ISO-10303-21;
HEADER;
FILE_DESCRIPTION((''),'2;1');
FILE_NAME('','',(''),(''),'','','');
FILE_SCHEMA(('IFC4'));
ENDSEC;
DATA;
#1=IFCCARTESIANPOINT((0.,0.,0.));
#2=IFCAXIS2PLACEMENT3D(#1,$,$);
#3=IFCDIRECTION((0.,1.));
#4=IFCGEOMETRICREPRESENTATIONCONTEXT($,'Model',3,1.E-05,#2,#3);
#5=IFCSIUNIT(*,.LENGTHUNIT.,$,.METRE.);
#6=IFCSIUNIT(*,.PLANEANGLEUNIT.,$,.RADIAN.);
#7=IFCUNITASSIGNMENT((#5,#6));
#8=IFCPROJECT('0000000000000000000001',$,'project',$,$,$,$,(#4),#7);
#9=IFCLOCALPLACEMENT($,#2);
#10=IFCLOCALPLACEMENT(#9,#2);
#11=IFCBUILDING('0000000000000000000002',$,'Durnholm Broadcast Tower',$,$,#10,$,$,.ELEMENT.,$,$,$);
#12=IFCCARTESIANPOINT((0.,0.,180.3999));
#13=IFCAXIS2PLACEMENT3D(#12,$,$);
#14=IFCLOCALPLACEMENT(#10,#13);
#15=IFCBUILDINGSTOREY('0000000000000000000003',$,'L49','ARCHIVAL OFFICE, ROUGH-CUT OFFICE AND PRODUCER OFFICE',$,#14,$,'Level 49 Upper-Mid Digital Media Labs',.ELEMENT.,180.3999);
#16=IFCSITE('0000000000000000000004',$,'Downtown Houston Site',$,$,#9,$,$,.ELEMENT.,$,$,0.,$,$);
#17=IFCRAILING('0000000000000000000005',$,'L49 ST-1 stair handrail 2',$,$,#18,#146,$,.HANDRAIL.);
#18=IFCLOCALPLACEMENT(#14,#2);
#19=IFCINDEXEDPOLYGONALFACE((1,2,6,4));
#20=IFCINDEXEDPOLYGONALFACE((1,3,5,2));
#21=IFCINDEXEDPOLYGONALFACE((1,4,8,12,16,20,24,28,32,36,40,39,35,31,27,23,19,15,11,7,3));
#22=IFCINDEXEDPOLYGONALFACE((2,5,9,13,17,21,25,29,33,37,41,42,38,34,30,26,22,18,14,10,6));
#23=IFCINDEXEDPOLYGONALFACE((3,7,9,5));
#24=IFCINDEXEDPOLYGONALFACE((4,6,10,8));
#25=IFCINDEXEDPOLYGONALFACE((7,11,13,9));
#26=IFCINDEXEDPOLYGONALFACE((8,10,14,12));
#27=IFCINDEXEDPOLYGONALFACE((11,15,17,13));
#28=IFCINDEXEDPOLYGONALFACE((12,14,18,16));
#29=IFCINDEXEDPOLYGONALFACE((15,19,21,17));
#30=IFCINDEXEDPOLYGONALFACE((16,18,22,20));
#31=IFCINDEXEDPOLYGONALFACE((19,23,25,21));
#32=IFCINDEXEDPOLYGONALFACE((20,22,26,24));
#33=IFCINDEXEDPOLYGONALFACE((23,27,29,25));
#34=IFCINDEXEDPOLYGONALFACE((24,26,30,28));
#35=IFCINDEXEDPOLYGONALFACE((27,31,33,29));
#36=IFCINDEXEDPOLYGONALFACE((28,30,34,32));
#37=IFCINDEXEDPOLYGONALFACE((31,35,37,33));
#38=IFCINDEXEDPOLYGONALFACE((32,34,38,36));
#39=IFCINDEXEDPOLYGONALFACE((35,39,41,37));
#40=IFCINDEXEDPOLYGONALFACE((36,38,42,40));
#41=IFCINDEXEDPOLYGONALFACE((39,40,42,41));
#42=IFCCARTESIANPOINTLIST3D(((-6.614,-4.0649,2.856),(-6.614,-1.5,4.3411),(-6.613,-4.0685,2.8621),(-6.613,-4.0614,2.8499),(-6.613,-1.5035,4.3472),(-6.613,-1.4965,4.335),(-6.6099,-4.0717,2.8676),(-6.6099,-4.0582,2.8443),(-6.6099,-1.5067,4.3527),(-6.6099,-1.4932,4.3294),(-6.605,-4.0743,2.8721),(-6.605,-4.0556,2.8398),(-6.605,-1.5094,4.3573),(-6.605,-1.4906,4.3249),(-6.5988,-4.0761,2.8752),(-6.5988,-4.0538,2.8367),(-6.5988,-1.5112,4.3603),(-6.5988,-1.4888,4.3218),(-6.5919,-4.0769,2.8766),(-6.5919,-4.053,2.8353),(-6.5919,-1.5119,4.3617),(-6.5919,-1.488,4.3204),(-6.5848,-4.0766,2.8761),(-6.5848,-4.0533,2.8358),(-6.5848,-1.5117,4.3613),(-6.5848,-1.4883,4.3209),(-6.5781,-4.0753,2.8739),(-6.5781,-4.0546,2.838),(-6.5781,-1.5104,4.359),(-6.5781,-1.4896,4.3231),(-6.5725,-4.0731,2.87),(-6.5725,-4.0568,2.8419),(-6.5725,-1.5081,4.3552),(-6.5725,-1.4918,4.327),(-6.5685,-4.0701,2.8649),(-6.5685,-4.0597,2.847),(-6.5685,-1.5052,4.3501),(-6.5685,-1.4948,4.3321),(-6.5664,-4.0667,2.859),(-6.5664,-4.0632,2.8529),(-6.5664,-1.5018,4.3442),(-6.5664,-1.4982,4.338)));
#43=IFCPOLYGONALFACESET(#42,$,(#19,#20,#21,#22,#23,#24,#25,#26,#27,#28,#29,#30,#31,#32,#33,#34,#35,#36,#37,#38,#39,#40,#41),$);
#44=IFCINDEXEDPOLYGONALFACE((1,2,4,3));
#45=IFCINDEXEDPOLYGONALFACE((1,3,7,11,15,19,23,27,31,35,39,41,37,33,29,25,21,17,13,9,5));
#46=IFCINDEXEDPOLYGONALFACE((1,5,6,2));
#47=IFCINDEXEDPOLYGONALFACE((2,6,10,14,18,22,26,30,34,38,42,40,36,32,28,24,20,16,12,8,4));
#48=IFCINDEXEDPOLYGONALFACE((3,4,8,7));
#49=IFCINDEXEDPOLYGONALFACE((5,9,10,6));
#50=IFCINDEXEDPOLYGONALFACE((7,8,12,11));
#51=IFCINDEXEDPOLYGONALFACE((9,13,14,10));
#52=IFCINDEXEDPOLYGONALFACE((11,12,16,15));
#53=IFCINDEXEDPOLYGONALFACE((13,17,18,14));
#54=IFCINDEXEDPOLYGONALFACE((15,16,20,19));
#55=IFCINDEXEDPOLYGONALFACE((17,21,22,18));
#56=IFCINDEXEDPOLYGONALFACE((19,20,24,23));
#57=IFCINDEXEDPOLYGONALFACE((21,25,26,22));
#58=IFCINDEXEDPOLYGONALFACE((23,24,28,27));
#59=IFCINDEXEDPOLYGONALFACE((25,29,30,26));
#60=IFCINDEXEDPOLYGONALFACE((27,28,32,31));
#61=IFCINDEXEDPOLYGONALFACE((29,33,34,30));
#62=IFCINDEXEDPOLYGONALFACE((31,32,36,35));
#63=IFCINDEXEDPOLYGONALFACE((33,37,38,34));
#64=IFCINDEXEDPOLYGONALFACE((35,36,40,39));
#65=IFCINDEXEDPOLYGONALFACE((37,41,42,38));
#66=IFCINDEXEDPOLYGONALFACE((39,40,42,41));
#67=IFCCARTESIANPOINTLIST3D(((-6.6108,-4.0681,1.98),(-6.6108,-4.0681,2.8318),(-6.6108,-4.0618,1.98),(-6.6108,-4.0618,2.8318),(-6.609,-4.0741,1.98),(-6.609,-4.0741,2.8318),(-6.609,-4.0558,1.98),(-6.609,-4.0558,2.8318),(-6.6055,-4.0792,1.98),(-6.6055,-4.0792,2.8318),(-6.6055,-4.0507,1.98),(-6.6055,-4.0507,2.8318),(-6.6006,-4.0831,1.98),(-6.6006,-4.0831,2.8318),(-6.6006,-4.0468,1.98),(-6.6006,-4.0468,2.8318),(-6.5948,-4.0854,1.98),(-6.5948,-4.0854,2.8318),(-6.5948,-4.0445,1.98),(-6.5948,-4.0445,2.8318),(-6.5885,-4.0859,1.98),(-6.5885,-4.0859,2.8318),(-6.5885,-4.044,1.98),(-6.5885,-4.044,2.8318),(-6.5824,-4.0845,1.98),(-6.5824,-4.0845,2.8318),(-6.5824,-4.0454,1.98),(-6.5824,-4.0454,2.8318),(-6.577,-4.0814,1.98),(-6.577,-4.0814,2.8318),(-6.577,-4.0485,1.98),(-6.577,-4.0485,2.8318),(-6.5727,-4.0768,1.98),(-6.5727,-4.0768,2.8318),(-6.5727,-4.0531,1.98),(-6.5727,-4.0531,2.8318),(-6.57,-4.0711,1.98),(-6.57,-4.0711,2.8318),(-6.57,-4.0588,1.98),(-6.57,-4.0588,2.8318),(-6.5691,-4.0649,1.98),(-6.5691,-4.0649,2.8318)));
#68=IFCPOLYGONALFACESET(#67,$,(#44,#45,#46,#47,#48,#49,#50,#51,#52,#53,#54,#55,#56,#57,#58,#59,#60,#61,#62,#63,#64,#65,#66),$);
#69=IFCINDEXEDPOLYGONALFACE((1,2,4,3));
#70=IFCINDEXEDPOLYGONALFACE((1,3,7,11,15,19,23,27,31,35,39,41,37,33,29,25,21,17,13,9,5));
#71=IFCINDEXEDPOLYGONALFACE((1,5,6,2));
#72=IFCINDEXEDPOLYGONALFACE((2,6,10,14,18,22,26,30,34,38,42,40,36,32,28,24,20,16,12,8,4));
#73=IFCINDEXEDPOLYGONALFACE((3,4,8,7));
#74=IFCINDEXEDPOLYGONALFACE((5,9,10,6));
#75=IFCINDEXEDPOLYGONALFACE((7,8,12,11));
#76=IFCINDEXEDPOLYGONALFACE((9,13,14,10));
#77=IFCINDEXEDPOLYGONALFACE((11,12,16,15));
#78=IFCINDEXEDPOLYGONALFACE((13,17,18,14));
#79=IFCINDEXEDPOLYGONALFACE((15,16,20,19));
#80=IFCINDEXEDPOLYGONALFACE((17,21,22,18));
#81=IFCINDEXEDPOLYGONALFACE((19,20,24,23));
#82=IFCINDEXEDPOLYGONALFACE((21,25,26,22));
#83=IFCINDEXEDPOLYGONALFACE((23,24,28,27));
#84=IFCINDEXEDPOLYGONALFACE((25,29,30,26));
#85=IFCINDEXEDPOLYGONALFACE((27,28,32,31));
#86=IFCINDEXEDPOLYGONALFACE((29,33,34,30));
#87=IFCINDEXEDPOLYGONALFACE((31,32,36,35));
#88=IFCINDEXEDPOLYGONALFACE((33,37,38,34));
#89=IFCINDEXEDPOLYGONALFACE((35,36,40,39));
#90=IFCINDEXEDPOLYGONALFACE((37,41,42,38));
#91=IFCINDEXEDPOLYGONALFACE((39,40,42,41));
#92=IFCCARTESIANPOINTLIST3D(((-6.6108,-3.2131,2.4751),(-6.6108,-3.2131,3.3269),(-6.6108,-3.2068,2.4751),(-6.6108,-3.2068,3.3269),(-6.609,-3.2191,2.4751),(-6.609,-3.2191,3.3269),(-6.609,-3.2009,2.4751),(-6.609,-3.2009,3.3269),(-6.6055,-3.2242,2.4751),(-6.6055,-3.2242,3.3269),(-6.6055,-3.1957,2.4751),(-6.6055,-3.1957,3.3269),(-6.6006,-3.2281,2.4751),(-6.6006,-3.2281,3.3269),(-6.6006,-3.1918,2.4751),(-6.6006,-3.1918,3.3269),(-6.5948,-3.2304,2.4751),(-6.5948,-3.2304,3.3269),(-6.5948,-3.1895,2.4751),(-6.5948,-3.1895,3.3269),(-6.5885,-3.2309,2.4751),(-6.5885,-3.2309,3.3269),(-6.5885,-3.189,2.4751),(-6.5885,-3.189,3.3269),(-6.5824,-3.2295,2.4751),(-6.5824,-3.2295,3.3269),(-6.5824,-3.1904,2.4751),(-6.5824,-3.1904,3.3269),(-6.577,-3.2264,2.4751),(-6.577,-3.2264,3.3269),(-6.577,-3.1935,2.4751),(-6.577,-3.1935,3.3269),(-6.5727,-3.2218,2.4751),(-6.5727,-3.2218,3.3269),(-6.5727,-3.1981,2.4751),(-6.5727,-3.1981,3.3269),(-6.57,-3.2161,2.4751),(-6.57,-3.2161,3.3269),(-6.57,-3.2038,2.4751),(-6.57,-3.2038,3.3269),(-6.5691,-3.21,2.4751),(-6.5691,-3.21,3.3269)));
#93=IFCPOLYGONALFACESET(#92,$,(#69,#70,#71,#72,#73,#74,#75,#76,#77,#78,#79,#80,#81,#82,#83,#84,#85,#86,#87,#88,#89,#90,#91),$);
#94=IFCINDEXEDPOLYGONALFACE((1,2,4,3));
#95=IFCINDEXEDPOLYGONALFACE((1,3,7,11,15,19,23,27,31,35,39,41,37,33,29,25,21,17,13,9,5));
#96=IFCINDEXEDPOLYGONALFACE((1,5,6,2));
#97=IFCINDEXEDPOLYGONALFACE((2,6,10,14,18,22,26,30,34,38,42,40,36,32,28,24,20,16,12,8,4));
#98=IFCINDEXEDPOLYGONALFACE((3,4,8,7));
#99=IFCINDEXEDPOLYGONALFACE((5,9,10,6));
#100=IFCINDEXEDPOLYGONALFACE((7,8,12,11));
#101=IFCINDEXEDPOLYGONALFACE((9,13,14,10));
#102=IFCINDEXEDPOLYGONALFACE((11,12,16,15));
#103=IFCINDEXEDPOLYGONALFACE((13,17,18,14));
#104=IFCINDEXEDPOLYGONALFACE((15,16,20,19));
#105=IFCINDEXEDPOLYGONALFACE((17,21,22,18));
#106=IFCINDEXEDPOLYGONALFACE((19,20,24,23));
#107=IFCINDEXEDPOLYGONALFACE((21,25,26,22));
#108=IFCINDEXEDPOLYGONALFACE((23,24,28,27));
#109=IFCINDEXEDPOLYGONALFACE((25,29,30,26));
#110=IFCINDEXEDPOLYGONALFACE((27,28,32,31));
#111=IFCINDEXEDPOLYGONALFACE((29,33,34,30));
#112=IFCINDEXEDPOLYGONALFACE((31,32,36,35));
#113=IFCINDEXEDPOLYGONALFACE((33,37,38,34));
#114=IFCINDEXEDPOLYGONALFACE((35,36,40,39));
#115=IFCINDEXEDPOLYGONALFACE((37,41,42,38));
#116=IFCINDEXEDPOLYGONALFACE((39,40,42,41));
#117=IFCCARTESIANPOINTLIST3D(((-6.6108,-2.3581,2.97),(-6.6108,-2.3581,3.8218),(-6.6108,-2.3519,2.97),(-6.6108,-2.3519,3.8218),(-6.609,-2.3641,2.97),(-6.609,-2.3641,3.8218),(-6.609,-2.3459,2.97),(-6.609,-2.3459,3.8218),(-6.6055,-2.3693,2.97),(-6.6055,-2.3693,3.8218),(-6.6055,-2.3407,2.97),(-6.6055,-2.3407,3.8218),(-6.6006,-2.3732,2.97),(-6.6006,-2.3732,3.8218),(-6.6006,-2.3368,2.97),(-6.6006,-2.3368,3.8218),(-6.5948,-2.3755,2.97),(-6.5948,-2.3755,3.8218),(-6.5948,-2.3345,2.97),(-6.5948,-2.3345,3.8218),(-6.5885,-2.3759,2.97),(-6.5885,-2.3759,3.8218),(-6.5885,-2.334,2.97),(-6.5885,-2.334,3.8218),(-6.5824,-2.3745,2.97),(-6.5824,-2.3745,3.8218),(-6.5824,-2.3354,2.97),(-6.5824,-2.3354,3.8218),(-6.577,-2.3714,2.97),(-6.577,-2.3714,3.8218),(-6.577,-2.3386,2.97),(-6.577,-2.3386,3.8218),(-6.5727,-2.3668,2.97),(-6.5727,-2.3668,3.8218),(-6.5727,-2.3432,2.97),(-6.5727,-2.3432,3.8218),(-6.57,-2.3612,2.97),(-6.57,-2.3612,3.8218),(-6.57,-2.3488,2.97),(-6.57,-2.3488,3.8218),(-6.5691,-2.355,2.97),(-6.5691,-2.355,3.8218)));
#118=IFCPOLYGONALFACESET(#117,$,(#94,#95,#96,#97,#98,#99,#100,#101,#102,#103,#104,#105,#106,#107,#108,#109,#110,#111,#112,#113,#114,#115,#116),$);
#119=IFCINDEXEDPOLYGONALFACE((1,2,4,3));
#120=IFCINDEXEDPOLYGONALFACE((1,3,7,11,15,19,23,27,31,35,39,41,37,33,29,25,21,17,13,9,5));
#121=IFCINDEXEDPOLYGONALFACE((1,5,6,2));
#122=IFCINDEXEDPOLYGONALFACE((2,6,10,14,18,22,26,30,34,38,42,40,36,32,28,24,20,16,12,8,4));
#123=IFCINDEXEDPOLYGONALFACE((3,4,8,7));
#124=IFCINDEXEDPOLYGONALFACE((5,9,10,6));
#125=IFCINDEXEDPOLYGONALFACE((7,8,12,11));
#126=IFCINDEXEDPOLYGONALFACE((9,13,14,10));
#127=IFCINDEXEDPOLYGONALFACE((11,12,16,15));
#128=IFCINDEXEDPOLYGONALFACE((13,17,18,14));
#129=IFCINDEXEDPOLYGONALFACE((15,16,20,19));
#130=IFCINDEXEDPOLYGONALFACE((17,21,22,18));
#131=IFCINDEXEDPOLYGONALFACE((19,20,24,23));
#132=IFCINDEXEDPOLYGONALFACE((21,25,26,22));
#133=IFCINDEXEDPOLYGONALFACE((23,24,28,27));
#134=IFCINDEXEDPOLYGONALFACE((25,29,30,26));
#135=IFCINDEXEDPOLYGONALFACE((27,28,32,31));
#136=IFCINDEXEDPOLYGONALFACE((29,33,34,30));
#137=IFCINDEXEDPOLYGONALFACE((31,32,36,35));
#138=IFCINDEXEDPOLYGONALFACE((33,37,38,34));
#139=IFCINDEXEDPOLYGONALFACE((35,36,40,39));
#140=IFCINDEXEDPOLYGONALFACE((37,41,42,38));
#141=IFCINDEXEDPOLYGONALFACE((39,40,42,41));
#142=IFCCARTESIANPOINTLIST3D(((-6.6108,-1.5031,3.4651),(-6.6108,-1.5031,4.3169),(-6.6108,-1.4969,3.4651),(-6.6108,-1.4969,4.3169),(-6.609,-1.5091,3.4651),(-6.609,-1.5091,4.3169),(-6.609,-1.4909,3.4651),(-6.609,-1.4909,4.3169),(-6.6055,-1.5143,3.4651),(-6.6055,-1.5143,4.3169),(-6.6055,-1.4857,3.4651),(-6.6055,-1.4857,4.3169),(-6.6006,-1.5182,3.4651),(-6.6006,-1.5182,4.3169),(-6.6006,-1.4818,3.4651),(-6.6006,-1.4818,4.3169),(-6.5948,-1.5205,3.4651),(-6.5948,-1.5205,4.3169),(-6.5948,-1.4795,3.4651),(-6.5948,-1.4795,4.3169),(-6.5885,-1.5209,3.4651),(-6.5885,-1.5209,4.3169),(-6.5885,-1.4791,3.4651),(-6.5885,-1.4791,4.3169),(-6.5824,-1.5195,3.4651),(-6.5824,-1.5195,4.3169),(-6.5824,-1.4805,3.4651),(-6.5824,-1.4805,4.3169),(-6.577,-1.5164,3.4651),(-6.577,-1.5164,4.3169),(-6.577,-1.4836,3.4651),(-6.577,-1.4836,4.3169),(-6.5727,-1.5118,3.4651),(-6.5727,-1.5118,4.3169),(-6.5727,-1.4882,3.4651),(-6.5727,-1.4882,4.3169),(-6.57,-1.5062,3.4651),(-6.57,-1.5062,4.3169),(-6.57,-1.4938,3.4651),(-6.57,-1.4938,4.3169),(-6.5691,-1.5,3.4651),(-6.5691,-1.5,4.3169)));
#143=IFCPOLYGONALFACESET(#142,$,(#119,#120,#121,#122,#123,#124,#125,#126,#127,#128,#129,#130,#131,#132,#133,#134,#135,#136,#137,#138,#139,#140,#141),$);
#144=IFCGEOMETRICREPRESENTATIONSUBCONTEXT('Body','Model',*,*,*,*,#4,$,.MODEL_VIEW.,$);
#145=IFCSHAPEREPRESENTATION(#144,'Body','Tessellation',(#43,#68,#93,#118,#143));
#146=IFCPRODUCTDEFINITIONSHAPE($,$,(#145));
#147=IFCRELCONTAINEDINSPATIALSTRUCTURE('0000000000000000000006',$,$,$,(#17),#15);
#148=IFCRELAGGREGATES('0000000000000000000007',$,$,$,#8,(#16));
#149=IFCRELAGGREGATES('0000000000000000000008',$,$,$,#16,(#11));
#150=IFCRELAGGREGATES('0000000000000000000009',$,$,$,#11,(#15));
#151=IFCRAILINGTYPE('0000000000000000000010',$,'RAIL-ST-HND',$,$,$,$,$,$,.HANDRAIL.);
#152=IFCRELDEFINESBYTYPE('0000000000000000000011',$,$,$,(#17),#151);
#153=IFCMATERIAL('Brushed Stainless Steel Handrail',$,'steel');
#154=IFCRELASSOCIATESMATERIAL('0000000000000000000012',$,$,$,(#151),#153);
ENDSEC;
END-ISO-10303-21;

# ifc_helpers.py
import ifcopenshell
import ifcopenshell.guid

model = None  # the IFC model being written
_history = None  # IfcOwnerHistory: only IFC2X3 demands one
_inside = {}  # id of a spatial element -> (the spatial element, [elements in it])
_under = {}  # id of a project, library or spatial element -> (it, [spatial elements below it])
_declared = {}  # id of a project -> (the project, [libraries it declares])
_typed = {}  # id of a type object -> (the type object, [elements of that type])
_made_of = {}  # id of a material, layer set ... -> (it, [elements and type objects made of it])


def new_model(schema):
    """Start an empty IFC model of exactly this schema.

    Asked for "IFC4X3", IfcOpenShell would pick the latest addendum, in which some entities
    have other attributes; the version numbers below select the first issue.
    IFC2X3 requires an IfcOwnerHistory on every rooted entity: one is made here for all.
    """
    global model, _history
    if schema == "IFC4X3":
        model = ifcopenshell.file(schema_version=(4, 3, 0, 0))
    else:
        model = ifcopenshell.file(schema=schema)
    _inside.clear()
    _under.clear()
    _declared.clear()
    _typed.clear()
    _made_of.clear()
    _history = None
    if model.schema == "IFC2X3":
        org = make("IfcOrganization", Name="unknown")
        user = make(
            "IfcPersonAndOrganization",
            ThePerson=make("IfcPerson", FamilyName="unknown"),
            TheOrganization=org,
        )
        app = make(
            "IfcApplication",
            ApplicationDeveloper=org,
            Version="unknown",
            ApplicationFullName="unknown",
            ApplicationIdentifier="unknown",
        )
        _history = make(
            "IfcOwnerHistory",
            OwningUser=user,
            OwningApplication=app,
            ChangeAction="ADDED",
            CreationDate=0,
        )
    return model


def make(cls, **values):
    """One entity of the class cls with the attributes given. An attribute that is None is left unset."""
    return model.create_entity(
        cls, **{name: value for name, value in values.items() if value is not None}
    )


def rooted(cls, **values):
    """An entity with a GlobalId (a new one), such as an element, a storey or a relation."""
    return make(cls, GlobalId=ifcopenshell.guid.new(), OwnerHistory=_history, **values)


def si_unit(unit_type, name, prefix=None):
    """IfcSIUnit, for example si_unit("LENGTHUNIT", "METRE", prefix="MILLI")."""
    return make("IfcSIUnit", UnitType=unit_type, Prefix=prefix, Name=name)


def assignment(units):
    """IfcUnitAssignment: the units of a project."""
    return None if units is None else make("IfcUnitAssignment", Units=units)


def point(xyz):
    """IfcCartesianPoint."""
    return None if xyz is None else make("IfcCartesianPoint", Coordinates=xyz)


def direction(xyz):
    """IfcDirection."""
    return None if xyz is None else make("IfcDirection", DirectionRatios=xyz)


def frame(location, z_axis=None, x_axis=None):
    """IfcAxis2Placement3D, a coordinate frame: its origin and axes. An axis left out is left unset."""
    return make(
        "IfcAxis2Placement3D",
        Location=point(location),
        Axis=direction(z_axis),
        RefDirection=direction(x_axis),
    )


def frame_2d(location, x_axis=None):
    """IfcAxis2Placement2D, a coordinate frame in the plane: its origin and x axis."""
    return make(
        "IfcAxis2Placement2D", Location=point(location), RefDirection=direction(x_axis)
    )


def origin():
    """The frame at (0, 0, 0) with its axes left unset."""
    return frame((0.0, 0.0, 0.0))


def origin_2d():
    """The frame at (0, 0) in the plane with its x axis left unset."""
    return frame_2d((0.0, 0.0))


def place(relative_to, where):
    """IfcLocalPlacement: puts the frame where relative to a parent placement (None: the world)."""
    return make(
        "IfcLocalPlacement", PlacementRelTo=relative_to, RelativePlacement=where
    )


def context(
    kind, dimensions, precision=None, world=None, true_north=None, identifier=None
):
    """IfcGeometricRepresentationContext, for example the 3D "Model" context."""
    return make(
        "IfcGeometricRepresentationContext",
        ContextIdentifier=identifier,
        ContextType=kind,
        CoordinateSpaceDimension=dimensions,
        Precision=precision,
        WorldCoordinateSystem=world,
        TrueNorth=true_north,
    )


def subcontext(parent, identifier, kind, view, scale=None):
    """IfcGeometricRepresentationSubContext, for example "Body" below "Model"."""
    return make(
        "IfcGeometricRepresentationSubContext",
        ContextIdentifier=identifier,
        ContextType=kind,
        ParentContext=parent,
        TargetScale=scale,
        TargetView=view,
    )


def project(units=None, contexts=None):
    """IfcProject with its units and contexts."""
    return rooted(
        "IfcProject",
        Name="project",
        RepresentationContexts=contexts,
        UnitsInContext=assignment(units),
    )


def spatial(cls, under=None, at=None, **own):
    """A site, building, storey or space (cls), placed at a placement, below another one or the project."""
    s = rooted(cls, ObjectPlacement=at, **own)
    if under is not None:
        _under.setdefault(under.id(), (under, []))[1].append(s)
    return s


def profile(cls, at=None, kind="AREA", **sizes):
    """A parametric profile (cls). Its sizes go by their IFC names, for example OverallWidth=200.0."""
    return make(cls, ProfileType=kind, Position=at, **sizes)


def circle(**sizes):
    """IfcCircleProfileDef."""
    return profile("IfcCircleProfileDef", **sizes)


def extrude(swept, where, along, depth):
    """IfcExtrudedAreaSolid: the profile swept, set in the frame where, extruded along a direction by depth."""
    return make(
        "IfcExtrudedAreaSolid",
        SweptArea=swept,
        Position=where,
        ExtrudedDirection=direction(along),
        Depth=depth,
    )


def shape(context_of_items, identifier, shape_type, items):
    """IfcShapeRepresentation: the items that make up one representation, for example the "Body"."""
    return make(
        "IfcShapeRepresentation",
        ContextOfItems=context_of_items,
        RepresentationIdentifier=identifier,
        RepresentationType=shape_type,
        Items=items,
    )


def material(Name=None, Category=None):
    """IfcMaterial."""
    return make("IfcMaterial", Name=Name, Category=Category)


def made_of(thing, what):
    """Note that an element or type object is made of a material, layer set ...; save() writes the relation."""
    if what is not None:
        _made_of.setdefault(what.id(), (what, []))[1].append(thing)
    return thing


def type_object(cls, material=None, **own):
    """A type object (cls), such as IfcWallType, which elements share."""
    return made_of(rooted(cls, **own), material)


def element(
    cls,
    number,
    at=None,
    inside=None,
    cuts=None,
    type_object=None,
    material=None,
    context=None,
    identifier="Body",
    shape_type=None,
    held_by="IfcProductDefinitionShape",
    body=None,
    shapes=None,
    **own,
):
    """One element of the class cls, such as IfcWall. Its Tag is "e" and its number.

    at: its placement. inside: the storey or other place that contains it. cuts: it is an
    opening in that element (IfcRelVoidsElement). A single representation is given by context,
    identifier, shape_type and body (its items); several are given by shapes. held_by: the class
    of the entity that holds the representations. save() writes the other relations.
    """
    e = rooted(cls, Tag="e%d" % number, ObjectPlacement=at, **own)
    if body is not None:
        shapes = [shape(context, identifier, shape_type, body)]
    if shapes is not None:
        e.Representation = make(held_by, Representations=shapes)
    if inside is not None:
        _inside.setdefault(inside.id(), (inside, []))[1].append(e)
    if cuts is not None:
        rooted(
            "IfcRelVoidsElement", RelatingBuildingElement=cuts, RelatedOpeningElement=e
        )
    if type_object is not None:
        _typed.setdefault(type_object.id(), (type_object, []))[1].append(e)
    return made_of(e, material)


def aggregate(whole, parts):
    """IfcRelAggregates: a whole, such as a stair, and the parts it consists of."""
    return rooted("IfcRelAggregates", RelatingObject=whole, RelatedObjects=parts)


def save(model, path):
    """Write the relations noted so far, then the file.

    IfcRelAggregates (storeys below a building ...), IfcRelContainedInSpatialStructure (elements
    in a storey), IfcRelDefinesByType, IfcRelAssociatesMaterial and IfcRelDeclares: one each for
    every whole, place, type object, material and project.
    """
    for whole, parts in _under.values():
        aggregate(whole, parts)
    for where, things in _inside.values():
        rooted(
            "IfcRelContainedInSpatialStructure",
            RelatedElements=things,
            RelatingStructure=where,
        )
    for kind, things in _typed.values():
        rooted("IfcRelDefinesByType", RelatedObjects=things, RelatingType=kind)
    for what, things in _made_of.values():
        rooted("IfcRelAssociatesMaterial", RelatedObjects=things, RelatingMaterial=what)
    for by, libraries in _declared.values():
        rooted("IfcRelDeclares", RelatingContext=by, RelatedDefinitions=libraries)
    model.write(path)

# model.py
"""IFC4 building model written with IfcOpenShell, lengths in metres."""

from ifc_helpers import new_model, si_unit, direction, frame, origin, origin_2d, place, context, subcontext, project, spatial, circle, extrude, material, type_object, element, save


model = new_model("IFC4")

# Units and contexts
model_context = context("Model", 3, precision=1e-05, world=origin(), true_north=direction((0.0, 1.0)))
body_context = subcontext(model_context, "Body", "Model", "MODEL_VIEW")
ifc_project = project(units=[si_unit("LENGTHUNIT", "METRE"), si_unit("PLANEANGLEUNIT", "RADIAN")], contexts=[model_context])

# Site, building, storey
site_placement = place(None, origin())
site = spatial("IfcSite", under=ifc_project, at=site_placement, Name="Downtown Houston Site", CompositionType="ELEMENT", RefElevation=0.0)
building_placement = place(site_placement, origin())
building = spatial("IfcBuilding", under=site, at=building_placement, Name="Durnholm Broadcast Tower", CompositionType="ELEMENT")
storey_placement = place(building_placement, frame((0.0, 0.0, 180.3999)))
storey = spatial("IfcBuildingStorey", under=building, at=storey_placement, Name="L49", Description="ARCHIVAL OFFICE, ROUGH-CUT OFFICE AND PRODUCER OFFICE", LongName="Level 49 Upper-Mid Digital Media Labs", CompositionType="ELEMENT", Elevation=180.3999)

# Railing
ifc_material_1 = material(Name="Brushed Stainless Steel Handrail", Category="steel")
railing_type_1 = type_object("IfcRailingType", Name="RAIL-ST-HND", PredefinedType="HANDRAIL", material=ifc_material_1)
railing_1_placement = place(storey_placement, frame((-6.5901, -4.0649, 1.98)))
element("IfcRailing", 1, at=railing_1_placement, inside=storey, type_object=railing_type_1, Name="L49 ST-1 stair handrail 2", PredefinedType="HANDRAIL", context=body_context, shape_type="SweptSolid", body=[
    extrude(circle(Radius=0.0239, at=origin_2d()), frame((0.0, 0.0, 0.876), z_axis=(0.0, 0.865406, 0.501072), x_axis=(-1.0, 0.0, 0.0)), (0.0, 0.0, 1.0), 2.9639),
    extrude(circle(Radius=0.021, at=origin_2d()), origin(), (0.0, 0.0, 1.0), 0.8518),
    extrude(circle(Radius=0.021, at=origin_2d()), frame((0.0, 0.855, 0.4951)), (0.0, 0.0, 1.0), 0.8518),
    extrude(circle(Radius=0.021, at=origin_2d()), frame((0.0, 1.71, 0.99)), (0.0, 0.0, 1.0), 0.8518),
    extrude(circle(Radius=0.021, at=origin_2d()), frame((0.0, 2.5649, 1.4851)), (0.0, 0.0, 1.0), 0.8518),
])

save(model, "model.ifc")
